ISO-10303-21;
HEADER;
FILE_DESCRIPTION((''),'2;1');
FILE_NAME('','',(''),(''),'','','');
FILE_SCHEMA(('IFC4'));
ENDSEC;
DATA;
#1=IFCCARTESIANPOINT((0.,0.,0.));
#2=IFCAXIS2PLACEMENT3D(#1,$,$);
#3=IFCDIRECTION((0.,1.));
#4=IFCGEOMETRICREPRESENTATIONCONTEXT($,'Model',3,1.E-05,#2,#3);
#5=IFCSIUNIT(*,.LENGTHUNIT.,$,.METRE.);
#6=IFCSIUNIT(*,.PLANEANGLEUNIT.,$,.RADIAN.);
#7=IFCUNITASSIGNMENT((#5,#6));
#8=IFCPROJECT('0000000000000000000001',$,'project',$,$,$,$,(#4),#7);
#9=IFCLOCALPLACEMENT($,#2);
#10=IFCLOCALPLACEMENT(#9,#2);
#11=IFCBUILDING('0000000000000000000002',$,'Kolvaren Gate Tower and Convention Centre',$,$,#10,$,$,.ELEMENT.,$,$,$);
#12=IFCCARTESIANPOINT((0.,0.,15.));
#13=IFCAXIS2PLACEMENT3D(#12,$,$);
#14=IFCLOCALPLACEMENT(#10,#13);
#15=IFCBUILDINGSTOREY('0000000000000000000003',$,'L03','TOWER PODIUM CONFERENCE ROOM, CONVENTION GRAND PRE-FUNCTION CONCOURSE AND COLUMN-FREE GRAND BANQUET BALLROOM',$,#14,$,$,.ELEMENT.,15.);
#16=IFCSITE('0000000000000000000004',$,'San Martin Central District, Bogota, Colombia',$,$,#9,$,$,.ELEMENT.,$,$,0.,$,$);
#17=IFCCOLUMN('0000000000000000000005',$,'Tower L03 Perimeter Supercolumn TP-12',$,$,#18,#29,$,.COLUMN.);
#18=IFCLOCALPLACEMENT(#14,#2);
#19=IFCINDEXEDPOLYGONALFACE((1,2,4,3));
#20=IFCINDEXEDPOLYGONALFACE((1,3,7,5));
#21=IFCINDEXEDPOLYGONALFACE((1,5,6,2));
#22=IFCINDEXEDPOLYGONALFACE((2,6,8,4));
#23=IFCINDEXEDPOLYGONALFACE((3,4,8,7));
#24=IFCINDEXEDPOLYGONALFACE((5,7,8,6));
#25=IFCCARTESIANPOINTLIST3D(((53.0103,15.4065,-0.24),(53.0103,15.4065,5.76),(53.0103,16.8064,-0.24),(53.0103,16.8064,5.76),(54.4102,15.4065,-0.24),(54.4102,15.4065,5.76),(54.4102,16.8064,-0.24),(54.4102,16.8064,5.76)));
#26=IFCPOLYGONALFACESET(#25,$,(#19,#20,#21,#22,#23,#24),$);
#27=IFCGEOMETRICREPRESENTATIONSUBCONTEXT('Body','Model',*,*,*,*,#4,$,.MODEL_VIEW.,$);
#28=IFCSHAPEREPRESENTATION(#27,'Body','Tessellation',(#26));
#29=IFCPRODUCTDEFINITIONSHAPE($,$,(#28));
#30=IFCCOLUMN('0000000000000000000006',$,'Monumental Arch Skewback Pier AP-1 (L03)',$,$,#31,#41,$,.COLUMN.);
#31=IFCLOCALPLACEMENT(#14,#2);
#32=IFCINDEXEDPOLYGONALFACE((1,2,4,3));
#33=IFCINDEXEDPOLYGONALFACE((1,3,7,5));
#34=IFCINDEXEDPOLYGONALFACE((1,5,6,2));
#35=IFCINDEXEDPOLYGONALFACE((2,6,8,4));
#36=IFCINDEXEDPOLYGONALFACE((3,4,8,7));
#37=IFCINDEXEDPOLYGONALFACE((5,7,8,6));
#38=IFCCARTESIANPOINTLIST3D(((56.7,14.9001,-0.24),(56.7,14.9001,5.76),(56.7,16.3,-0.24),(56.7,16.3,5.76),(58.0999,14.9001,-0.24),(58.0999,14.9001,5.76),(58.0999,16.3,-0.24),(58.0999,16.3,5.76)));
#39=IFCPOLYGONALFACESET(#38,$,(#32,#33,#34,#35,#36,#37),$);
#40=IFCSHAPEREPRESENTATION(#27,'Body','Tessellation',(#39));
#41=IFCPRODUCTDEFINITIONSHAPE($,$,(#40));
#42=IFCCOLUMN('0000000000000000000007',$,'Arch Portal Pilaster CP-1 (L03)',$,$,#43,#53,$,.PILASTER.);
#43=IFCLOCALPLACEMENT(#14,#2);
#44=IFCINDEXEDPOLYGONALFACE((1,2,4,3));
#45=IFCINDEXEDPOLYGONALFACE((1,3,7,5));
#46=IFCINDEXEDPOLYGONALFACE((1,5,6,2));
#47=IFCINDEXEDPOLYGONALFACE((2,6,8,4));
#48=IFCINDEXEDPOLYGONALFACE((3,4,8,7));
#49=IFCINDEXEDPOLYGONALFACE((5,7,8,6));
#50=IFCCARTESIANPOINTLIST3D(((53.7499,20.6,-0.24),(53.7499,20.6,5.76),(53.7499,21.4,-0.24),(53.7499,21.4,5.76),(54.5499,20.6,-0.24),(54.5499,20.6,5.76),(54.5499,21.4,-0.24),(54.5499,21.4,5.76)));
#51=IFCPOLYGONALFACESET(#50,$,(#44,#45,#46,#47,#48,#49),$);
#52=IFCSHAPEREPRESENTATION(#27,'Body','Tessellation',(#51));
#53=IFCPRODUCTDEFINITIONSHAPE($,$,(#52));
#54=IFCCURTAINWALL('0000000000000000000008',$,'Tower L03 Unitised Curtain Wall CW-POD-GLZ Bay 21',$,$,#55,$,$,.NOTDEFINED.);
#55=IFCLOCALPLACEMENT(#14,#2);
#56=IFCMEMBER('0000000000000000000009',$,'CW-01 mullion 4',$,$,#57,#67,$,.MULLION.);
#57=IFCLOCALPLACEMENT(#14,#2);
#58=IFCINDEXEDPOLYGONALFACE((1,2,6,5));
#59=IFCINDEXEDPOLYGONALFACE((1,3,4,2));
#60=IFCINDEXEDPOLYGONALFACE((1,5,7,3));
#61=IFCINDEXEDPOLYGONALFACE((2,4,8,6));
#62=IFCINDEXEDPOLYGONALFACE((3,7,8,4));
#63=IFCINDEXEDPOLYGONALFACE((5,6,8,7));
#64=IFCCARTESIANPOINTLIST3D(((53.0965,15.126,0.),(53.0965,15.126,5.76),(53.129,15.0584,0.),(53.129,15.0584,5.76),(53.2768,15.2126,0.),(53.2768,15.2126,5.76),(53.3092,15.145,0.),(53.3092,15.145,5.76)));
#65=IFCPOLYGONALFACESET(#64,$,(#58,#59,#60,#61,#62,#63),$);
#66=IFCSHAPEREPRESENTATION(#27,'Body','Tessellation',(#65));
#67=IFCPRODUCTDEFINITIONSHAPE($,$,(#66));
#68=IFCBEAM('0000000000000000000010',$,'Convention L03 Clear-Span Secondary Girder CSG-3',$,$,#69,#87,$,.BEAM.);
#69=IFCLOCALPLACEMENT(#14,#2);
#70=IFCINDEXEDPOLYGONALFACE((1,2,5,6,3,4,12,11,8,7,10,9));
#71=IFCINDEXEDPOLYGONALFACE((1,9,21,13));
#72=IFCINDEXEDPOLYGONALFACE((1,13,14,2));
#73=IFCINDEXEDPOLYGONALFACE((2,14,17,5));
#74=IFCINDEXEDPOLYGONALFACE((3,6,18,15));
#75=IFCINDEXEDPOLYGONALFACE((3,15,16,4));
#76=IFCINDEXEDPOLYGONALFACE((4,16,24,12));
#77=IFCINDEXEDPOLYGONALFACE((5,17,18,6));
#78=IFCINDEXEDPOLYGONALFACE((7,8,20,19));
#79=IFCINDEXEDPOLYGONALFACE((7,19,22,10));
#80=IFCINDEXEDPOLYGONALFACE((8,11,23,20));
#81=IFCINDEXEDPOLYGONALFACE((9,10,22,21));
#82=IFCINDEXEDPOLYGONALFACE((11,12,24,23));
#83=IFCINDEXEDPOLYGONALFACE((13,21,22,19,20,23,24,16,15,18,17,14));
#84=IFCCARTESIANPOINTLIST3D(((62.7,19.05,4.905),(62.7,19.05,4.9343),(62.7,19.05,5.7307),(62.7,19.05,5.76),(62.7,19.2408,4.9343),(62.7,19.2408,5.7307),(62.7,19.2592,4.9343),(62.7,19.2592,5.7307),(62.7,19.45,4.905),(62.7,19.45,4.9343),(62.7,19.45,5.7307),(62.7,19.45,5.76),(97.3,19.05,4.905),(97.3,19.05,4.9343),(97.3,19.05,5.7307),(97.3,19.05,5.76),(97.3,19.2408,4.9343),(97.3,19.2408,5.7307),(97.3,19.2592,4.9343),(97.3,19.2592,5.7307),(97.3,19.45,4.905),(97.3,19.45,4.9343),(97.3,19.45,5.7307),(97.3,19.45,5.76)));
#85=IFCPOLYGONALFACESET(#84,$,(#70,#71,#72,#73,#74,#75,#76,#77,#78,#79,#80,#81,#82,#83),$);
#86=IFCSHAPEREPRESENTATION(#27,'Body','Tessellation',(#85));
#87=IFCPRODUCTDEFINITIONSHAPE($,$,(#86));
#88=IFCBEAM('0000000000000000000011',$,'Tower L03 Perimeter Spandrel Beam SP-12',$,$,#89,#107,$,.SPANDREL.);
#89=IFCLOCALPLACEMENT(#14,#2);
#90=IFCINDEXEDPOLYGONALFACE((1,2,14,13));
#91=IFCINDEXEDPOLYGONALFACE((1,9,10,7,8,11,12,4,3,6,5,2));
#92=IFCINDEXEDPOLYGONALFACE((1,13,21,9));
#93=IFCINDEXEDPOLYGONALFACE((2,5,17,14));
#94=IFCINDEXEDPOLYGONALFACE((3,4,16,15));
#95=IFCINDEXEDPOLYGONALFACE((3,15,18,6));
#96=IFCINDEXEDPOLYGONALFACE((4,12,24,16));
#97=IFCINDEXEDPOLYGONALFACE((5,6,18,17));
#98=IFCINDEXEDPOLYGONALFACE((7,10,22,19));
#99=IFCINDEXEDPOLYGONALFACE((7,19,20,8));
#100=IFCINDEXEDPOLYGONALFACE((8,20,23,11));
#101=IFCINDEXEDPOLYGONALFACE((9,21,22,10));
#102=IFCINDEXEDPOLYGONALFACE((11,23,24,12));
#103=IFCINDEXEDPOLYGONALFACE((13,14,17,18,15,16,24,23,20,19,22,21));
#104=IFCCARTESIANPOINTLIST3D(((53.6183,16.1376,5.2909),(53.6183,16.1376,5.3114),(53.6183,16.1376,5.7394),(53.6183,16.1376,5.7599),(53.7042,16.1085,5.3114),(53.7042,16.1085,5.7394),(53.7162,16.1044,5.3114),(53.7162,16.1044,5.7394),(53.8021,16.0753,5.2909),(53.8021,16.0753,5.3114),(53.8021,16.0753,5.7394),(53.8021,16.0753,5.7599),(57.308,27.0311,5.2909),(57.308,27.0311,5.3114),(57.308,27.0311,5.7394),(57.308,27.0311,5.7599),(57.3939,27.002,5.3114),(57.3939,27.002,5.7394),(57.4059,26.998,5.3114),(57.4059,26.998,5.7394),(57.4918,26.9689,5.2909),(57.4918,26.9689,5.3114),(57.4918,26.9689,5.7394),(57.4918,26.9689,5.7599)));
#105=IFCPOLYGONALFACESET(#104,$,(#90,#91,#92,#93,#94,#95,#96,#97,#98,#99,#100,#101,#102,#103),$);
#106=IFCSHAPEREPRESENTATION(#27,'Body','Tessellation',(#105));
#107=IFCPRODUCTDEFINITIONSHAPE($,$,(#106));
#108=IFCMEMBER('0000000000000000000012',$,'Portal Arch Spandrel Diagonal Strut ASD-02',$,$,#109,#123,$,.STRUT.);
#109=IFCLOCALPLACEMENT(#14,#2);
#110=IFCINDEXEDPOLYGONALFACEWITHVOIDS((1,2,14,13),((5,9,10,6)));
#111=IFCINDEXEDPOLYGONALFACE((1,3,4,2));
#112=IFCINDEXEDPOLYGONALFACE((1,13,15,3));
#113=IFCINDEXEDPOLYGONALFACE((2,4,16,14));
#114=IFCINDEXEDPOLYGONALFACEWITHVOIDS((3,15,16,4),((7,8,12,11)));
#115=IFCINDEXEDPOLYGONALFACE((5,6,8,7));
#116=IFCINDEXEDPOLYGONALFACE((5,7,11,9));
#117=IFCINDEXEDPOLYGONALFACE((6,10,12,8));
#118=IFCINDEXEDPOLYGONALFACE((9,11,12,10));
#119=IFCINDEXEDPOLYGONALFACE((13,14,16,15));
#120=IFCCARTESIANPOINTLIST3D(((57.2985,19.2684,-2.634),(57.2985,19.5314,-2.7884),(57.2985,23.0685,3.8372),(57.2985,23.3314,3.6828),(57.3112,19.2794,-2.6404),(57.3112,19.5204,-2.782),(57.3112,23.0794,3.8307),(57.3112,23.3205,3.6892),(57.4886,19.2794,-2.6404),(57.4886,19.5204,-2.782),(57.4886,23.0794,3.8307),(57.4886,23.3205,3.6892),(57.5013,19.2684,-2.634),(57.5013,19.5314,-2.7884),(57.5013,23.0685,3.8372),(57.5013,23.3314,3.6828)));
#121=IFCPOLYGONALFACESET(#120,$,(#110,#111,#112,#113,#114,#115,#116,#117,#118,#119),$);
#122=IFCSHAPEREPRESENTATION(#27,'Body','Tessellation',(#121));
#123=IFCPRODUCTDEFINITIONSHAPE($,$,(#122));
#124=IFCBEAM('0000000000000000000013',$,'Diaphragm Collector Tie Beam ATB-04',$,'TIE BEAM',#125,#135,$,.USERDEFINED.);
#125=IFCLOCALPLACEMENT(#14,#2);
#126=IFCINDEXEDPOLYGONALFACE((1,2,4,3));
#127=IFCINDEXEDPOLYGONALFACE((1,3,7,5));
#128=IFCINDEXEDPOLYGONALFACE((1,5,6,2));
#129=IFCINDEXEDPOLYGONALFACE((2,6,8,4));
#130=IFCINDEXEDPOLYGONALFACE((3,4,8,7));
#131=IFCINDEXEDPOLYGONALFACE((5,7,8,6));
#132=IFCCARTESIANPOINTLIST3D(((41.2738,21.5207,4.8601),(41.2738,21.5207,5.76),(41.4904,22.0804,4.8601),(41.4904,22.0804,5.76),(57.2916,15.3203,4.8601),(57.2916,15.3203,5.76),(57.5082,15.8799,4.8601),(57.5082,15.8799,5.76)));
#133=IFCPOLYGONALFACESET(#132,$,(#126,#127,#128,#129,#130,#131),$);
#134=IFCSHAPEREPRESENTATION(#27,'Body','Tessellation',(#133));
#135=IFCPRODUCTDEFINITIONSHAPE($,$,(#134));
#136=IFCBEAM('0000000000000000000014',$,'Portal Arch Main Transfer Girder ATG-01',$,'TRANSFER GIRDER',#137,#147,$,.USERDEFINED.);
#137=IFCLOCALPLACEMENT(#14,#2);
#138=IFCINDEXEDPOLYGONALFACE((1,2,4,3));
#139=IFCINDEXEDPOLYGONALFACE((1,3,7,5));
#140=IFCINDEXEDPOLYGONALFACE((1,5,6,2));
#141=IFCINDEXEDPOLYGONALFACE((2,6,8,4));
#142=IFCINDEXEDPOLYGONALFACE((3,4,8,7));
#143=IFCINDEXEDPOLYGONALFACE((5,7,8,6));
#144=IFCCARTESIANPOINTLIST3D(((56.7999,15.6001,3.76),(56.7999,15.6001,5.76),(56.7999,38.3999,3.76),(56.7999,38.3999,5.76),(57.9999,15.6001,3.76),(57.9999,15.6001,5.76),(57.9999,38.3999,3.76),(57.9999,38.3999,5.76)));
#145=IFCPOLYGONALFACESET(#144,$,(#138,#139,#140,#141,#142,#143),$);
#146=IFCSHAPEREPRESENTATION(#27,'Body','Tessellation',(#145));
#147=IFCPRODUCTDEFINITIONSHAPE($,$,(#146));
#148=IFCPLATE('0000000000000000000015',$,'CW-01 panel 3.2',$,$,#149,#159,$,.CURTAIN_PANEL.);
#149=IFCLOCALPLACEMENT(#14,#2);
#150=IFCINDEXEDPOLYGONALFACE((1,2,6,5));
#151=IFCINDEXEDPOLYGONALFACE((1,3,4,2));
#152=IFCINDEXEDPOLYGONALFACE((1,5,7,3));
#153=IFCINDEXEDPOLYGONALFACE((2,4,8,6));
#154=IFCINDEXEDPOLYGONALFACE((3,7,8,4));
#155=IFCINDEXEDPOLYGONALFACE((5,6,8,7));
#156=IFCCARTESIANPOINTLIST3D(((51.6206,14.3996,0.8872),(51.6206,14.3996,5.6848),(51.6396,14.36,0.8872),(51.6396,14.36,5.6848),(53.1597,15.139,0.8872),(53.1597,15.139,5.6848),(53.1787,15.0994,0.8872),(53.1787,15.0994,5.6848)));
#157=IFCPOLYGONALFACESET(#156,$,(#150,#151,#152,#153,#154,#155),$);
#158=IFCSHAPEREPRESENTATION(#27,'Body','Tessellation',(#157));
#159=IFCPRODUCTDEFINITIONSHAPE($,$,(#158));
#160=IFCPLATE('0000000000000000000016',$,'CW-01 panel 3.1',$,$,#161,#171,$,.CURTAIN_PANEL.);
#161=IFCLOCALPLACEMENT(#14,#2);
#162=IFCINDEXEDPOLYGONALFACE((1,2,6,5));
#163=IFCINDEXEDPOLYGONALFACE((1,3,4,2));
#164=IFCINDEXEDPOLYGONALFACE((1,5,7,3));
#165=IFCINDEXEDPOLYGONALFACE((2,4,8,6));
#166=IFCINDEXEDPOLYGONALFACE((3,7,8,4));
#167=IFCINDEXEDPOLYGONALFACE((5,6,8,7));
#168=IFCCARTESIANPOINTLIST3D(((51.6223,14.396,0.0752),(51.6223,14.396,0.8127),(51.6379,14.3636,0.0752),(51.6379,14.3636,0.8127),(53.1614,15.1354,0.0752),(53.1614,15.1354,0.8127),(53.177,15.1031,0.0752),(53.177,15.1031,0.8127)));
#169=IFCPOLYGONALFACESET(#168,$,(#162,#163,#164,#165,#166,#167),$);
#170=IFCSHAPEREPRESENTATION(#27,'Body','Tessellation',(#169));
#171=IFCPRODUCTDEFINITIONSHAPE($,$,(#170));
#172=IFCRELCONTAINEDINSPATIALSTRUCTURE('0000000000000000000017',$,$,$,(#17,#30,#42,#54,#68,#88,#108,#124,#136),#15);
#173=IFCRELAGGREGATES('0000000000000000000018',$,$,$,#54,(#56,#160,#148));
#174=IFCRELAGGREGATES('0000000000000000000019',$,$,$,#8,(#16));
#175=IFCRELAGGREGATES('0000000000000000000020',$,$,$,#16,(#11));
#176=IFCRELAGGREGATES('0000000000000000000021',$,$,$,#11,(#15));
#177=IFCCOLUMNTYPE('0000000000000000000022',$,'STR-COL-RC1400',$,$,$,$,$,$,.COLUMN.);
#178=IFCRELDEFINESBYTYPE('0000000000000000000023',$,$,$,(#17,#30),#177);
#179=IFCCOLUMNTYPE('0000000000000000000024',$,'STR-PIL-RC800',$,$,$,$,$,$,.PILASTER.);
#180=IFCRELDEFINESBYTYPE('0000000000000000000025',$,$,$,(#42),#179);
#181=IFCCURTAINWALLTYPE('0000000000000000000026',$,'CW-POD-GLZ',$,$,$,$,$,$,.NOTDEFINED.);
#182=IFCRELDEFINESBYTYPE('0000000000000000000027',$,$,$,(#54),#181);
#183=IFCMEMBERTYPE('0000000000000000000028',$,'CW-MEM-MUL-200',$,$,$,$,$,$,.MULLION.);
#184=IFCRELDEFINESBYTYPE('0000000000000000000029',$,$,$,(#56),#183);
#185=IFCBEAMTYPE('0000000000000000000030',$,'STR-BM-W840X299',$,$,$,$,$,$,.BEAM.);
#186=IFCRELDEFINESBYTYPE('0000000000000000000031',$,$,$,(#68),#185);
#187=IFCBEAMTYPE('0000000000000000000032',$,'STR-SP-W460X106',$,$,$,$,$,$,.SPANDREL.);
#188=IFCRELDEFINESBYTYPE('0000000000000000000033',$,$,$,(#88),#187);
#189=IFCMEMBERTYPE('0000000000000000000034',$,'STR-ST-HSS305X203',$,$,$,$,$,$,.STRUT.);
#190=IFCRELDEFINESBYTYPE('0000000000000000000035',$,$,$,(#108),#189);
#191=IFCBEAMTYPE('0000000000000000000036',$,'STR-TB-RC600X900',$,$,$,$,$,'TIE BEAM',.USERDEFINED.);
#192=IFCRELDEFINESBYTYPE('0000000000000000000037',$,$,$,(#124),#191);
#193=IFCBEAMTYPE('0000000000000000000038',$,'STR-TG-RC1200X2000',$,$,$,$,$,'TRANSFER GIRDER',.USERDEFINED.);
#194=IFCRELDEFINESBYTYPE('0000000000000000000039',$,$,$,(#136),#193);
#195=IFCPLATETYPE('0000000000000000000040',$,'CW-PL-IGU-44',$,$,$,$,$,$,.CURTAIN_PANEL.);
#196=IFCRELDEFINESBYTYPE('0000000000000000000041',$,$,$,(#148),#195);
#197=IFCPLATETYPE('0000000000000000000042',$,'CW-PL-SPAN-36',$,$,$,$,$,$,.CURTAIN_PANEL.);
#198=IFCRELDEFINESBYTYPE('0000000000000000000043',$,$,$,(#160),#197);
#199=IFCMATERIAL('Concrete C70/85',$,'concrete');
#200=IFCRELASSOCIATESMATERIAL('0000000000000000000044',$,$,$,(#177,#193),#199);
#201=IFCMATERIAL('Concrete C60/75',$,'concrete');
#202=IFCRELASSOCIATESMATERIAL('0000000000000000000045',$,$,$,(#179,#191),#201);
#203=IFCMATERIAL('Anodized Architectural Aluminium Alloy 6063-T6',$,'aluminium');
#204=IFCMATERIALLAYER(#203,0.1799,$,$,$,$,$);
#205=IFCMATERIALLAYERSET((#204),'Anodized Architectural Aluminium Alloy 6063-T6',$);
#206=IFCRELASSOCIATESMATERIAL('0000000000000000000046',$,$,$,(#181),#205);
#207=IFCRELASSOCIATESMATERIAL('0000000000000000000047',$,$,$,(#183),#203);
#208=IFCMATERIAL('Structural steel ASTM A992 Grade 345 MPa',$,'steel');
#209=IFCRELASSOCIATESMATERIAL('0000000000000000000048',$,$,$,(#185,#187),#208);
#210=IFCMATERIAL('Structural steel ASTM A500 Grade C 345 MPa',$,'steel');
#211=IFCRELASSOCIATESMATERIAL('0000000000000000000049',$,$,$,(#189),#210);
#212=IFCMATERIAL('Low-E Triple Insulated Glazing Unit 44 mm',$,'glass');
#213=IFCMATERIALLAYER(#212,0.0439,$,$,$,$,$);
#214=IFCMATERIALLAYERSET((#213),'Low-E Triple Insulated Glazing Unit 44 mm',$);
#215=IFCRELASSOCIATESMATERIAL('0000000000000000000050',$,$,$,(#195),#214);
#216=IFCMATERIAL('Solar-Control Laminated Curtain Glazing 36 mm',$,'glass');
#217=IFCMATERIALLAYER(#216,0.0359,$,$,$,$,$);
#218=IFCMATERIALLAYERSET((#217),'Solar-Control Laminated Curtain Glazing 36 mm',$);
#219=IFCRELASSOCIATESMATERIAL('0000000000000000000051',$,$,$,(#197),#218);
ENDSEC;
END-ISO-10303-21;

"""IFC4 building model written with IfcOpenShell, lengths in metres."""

from ifc_helpers import new_model, si_unit, direction, frame, origin, origin_2d, place, context, subcontext, project, spatial, rectangle, hollow_rectangle, i_section, extrude, material, layer, layer_set, material_profile, profile_set, type_object, element, aggregate, save


model = new_model("IFC4")

# Units and contexts
model_context = context("Model", 3, precision=1e-05, world=origin(), true_north=direction((0.0, 1.0)))
body_context = subcontext(model_context, "Body", "Model", "MODEL_VIEW")
ifc_project = project(units=[si_unit("LENGTHUNIT", "METRE"), si_unit("PLANEANGLEUNIT", "RADIAN")], contexts=[model_context])

# Site, building, storey
site_placement = place(None, origin())
site = spatial("IfcSite", under=ifc_project, at=site_placement, Name="San Martin Central District, Bogota, Colombia", CompositionType="ELEMENT", RefElevation=0.0)
building_placement = place(site_placement, origin())
building = spatial("IfcBuilding", under=site, at=building_placement, Name="Kolvaren Gate Tower and Convention Centre", CompositionType="ELEMENT")
storey_placement = place(building_placement, frame((0.0, 0.0, 15.0)))
storey = spatial("IfcBuildingStorey", under=building, at=storey_placement, Name="L03", Description="TOWER PODIUM CONFERENCE ROOM, CONVENTION GRAND PRE-FUNCTION CONCOURSE AND COLUMN-FREE GRAND BANQUET BALLROOM", CompositionType="ELEMENT", Elevation=15.0)

# Columns
ifc_material_1 = material(Name="Concrete C70/85", Category="concrete")
ifc_material_profile_1 = material_profile(ifc_material_1, rectangle(XDim=1.3999, YDim=1.3999, at=origin_2d()), Name="RC-COL-1400X1400")
ifc_profile_set_1 = profile_set([ifc_material_profile_1], Name="Concrete C70/85")
column_type_1 = type_object("IfcColumnType", Name="STR-COL-RC1400", PredefinedType="COLUMN", material=ifc_profile_set_1)
for number, where, z_axis, x_axis, name in (
    (1, (53.7102, 16.1064, -0.24), (0.0, 0.0, 1.0), (1.0, 0.0, 0.0), "Tower L03 Perimeter Supercolumn TP-12"),
    (2, (57.3999, 15.6001, -0.24), (0.0, 0.0, 1.0), (1.0, 0.0, 0.0), "Monumental Arch Skewback Pier AP-1 (L03)"),
):
    element("IfcColumn", number, at=place(storey_placement, frame(where, z_axis=z_axis, x_axis=x_axis)), inside=storey, type_object=column_type_1, Name=name, PredefinedType="COLUMN", context=body_context, shape_type="SweptSolid", body=[
        extrude(rectangle(XDim=1.3999, YDim=1.3999, at=origin_2d()), origin(), (0.0, 0.0, 1.0), 6.0),
    ])
ifc_material_2 = material(Name="Concrete C60/75", Category="concrete")
ifc_material_profile_2 = material_profile(ifc_material_2, rectangle(XDim=0.8, YDim=0.8, at=origin_2d()), Name="RC-COL-800X800")
ifc_profile_set_2 = profile_set([ifc_material_profile_2], Name="Concrete C60/75")
column_type_2 = type_object("IfcColumnType", Name="STR-PIL-RC800", PredefinedType="PILASTER", material=ifc_profile_set_2)
column_placement = place(storey_placement, frame((54.1499, 21.0, -0.24), z_axis=(0.0, 0.0, 1.0), x_axis=(1.0, 0.0, 0.0)))
element("IfcColumn", 3, at=column_placement, inside=storey, type_object=column_type_2, Name="Arch Portal Pilaster CP-1 (L03)", PredefinedType="PILASTER", context=body_context, shape_type="SweptSolid", body=[
    extrude(rectangle(XDim=0.8, YDim=0.8, at=origin_2d()), origin(), (0.0, 0.0, 1.0), 6.0),
])

# Curtain wall, member
ifc_material_3 = material(Name="Anodized Architectural Aluminium Alloy 6063-T6", Category="aluminium")
ifc_layer_1 = layer(ifc_material_3, 0.1799)
ifc_layer_set_1 = layer_set([ifc_layer_1], Name="Anodized Architectural Aluminium Alloy 6063-T6")
curtain_wall_type = type_object("IfcCurtainWallType", Name="CW-POD-GLZ", PredefinedType="NOTDEFINED", material=ifc_layer_set_1)
curtain_wall_placement = place(storey_placement, origin())
curtain_wall = element("IfcCurtainWall", 4, at=curtain_wall_placement, inside=storey, type_object=curtain_wall_type, Name="Tower L03 Unitised Curtain Wall CW-POD-GLZ Bay 21", PredefinedType="NOTDEFINED")
ifc_material_profile_3 = material_profile(ifc_material_3, rectangle(XDim=0.075, YDim=0.2, at=origin_2d()), Name="CW-MEM-MUL-200")
ifc_profile_set_3 = profile_set([ifc_material_profile_3], Name="Anodized Architectural Aluminium Alloy 6063-T6")
member_type_1 = type_object("IfcMemberType", Name="CW-MEM-MUL-200", PredefinedType="MULLION", material=ifc_profile_set_3)
member_1_placement = place(storey_placement, frame((53.2029, 15.1355, 0.0), z_axis=(0.0, 0.0, 1.0), x_axis=(-0.433063, 0.901364, 0.0)))
member_1 = element("IfcMember", 5, at=member_1_placement, type_object=member_type_1, Name="CW-01 mullion 4", PredefinedType="MULLION", context=body_context, shape_type="SweptSolid", body=[
    extrude(rectangle(XDim=0.075, YDim=0.2, at=origin_2d()), origin(), (0.0, 0.0, 1.0), 5.76),
])

# Beams
ifc_material_4 = material(Name="Structural steel ASTM A992 Grade 345 MPa", Category="steel")
ifc_material_profile_4 = material_profile(ifc_material_4, i_section(OverallWidth=0.3999, OverallDepth=0.855, WebThickness=0.0183, FlangeThickness=0.0293, at=origin_2d()), Name="W840X299")
ifc_profile_set_4 = profile_set([ifc_material_profile_4], Name="Structural steel ASTM A992 Grade 345 MPa")
beam_type_1 = type_object("IfcBeamType", Name="STR-BM-W840X299", PredefinedType="BEAM", material=ifc_profile_set_4)
beam_1_placement = place(storey_placement, frame((62.7, 19.25, 5.3325), z_axis=(1.0, 0.0, 0.0), x_axis=(0.0, 1.0, 0.0)))
element("IfcBeam", 6, at=beam_1_placement, inside=storey, type_object=beam_type_1, Name="Convention L03 Clear-Span Secondary Girder CSG-3", PredefinedType="BEAM", context=body_context, shape_type="SweptSolid", body=[
    extrude(i_section(OverallWidth=0.3999, OverallDepth=0.855, WebThickness=0.0183, FlangeThickness=0.0293, at=origin_2d()), origin(), (0.0, 0.0, 1.0), 34.6001),
])
ifc_material_profile_5 = material_profile(ifc_material_4, i_section(OverallWidth=0.1941, OverallDepth=0.469, WebThickness=0.0127, FlangeThickness=0.0205, at=origin_2d()), Name="W460X106")
ifc_profile_set_5 = profile_set([ifc_material_profile_5], Name="Structural steel ASTM A992 Grade 345 MPa")
beam_type_2 = type_object("IfcBeamType", Name="STR-SP-W460X106", PredefinedType="SPANDREL", material=ifc_profile_set_5)
beam_2_placement = place(storey_placement, frame((53.7102, 16.1064, 5.5254), z_axis=(0.320803, 0.947146, 0.0), x_axis=(-0.947146, 0.320803, 0.0)))
element("IfcBeam", 7, at=beam_2_placement, inside=storey, type_object=beam_type_2, Name="Tower L03 Perimeter Spandrel Beam SP-12", PredefinedType="SPANDREL", context=body_context, shape_type="SweptSolid", body=[
    extrude(i_section(OverallWidth=0.1941, OverallDepth=0.469, WebThickness=0.0127, FlangeThickness=0.0205, at=origin_2d()), origin(), (0.0, 0.0, 1.0), 11.5015),
])

# Member
ifc_material_5 = material(Name="Structural steel ASTM A500 Grade C 345 MPa", Category="steel")
ifc_material_profile_6 = material_profile(ifc_material_5, hollow_rectangle(XDim=0.2029, YDim=0.3049, WallThickness=0.0127, at=origin_2d()), Name="HSS305X203X12.7")
ifc_profile_set_6 = profile_set([ifc_material_profile_6], Name="Structural steel ASTM A500 Grade C 345 MPa")
member_type_2 = type_object("IfcMemberType", Name="STR-ST-HSS305X203", PredefinedType="STRUT", material=ifc_profile_set_6)
member_2_placement = place(storey_placement, frame((57.3999, 19.3999, -2.7112), z_axis=(0.0, 0.506373, 0.862314), x_axis=(-1.0, 0.0, 0.0)))
element("IfcMember", 8, at=member_2_placement, inside=storey, type_object=member_type_2, Name="Portal Arch Spandrel Diagonal Strut ASD-02", PredefinedType="STRUT", context=body_context, shape_type="SweptSolid", body=[
    extrude(hollow_rectangle(XDim=0.2029, YDim=0.3049, WallThickness=0.0127, at=origin_2d()), origin(), (0.0, 0.0, 1.0), 7.5044),
])

# Beams
ifc_material_profile_7 = material_profile(ifc_material_2, rectangle(XDim=0.6001, YDim=0.8999, at=origin_2d()), Name="RC-BM-600X900")
ifc_profile_set_7 = profile_set([ifc_material_profile_7], Name="Concrete C60/75")
beam_type_3 = type_object("IfcBeamType", Name="STR-TB-RC600X900", ElementType="TIE BEAM", PredefinedType="USERDEFINED", material=ifc_profile_set_7)
beam_3_placement = place(storey_placement, frame((57.3999, 15.6001, 5.3101), z_axis=(-0.932568, 0.360994, 0.0), x_axis=(-0.360994, -0.932568, 0.0)))
element("IfcBeam", 9, at=beam_3_placement, inside=storey, type_object=beam_type_3, Name="Diaphragm Collector Tie Beam ATB-04", ObjectType="TIE BEAM", PredefinedType="USERDEFINED", context=body_context, shape_type="SweptSolid", body=[
    extrude(rectangle(XDim=0.6001, YDim=0.8999, at=origin_2d()), origin(), (0.0, 0.0, 1.0), 17.176),
])
ifc_material_profile_8 = material_profile(ifc_material_1, rectangle(XDim=1.2, YDim=2.0, at=origin_2d()), Name="RC-BM-1200X2000")
ifc_profile_set_8 = profile_set([ifc_material_profile_8], Name="Concrete C70/85")
beam_type_4 = type_object("IfcBeamType", Name="STR-TG-RC1200X2000", ElementType="TRANSFER GIRDER", PredefinedType="USERDEFINED", material=ifc_profile_set_8)
beam_4_placement = place(storey_placement, frame((57.3999, 15.6001, 4.76), z_axis=(0.0, 1.0, 0.0), x_axis=(-1.0, 0.0, 0.0)))
element("IfcBeam", 10, at=beam_4_placement, inside=storey, type_object=beam_type_4, Name="Portal Arch Main Transfer Girder ATG-01", ObjectType="TRANSFER GIRDER", PredefinedType="USERDEFINED", context=body_context, shape_type="SweptSolid", body=[
    extrude(rectangle(XDim=1.2, YDim=2.0, at=origin_2d()), origin(), (0.0, 0.0, 1.0), 22.7998),
])

# Plates
ifc_material_6 = material(Name="Low-E Triple Insulated Glazing Unit 44 mm", Category="glass")
ifc_layer_2 = layer(ifc_material_6, 0.0439)
ifc_layer_set_2 = layer_set([ifc_layer_2], Name="Low-E Triple Insulated Glazing Unit 44 mm")
plate_type_1 = type_object("IfcPlateType", Name="CW-PL-IGU-44", PredefinedType="CURTAIN_PANEL", material=ifc_layer_set_2)
plate_1_placement = place(storey_placement, frame((52.3997, 14.7495, 0.8872), z_axis=(0.0, 0.0, 1.0), x_axis=(0.901364, 0.433063, 0.0)))
plate_1 = element("IfcPlate", 11, at=plate_1_placement, type_object=plate_type_1, Name="CW-01 panel 3.2", PredefinedType="CURTAIN_PANEL", context=body_context, shape_type="SweptSolid", body=[
    extrude(rectangle(XDim=1.7075, YDim=0.0439, at=origin_2d()), origin(), (0.0, 0.0, 1.0), 4.7976),
])
ifc_material_7 = material(Name="Solar-Control Laminated Curtain Glazing 36 mm", Category="glass")
ifc_layer_3 = layer(ifc_material_7, 0.0359)
ifc_layer_set_3 = layer_set([ifc_layer_3], Name="Solar-Control Laminated Curtain Glazing 36 mm")
plate_type_2 = type_object("IfcPlateType", Name="CW-PL-SPAN-36", PredefinedType="CURTAIN_PANEL", material=ifc_layer_set_3)
plate_2_placement = place(storey_placement, frame((52.3997, 14.7495, 0.0752), z_axis=(0.0, 0.0, 1.0), x_axis=(0.901364, 0.433063, 0.0)))
plate_2 = element("IfcPlate", 12, at=plate_2_placement, type_object=plate_type_2, Name="CW-01 panel 3.1", PredefinedType="CURTAIN_PANEL", context=body_context, shape_type="SweptSolid", body=[
    extrude(rectangle(XDim=1.7075, YDim=0.0359, at=origin_2d()), origin(), (0.0, 0.0, 1.0), 0.7375),
])
aggregate(curtain_wall, [member_1, plate_2, plate_1])

save(model, "model.ifc")
